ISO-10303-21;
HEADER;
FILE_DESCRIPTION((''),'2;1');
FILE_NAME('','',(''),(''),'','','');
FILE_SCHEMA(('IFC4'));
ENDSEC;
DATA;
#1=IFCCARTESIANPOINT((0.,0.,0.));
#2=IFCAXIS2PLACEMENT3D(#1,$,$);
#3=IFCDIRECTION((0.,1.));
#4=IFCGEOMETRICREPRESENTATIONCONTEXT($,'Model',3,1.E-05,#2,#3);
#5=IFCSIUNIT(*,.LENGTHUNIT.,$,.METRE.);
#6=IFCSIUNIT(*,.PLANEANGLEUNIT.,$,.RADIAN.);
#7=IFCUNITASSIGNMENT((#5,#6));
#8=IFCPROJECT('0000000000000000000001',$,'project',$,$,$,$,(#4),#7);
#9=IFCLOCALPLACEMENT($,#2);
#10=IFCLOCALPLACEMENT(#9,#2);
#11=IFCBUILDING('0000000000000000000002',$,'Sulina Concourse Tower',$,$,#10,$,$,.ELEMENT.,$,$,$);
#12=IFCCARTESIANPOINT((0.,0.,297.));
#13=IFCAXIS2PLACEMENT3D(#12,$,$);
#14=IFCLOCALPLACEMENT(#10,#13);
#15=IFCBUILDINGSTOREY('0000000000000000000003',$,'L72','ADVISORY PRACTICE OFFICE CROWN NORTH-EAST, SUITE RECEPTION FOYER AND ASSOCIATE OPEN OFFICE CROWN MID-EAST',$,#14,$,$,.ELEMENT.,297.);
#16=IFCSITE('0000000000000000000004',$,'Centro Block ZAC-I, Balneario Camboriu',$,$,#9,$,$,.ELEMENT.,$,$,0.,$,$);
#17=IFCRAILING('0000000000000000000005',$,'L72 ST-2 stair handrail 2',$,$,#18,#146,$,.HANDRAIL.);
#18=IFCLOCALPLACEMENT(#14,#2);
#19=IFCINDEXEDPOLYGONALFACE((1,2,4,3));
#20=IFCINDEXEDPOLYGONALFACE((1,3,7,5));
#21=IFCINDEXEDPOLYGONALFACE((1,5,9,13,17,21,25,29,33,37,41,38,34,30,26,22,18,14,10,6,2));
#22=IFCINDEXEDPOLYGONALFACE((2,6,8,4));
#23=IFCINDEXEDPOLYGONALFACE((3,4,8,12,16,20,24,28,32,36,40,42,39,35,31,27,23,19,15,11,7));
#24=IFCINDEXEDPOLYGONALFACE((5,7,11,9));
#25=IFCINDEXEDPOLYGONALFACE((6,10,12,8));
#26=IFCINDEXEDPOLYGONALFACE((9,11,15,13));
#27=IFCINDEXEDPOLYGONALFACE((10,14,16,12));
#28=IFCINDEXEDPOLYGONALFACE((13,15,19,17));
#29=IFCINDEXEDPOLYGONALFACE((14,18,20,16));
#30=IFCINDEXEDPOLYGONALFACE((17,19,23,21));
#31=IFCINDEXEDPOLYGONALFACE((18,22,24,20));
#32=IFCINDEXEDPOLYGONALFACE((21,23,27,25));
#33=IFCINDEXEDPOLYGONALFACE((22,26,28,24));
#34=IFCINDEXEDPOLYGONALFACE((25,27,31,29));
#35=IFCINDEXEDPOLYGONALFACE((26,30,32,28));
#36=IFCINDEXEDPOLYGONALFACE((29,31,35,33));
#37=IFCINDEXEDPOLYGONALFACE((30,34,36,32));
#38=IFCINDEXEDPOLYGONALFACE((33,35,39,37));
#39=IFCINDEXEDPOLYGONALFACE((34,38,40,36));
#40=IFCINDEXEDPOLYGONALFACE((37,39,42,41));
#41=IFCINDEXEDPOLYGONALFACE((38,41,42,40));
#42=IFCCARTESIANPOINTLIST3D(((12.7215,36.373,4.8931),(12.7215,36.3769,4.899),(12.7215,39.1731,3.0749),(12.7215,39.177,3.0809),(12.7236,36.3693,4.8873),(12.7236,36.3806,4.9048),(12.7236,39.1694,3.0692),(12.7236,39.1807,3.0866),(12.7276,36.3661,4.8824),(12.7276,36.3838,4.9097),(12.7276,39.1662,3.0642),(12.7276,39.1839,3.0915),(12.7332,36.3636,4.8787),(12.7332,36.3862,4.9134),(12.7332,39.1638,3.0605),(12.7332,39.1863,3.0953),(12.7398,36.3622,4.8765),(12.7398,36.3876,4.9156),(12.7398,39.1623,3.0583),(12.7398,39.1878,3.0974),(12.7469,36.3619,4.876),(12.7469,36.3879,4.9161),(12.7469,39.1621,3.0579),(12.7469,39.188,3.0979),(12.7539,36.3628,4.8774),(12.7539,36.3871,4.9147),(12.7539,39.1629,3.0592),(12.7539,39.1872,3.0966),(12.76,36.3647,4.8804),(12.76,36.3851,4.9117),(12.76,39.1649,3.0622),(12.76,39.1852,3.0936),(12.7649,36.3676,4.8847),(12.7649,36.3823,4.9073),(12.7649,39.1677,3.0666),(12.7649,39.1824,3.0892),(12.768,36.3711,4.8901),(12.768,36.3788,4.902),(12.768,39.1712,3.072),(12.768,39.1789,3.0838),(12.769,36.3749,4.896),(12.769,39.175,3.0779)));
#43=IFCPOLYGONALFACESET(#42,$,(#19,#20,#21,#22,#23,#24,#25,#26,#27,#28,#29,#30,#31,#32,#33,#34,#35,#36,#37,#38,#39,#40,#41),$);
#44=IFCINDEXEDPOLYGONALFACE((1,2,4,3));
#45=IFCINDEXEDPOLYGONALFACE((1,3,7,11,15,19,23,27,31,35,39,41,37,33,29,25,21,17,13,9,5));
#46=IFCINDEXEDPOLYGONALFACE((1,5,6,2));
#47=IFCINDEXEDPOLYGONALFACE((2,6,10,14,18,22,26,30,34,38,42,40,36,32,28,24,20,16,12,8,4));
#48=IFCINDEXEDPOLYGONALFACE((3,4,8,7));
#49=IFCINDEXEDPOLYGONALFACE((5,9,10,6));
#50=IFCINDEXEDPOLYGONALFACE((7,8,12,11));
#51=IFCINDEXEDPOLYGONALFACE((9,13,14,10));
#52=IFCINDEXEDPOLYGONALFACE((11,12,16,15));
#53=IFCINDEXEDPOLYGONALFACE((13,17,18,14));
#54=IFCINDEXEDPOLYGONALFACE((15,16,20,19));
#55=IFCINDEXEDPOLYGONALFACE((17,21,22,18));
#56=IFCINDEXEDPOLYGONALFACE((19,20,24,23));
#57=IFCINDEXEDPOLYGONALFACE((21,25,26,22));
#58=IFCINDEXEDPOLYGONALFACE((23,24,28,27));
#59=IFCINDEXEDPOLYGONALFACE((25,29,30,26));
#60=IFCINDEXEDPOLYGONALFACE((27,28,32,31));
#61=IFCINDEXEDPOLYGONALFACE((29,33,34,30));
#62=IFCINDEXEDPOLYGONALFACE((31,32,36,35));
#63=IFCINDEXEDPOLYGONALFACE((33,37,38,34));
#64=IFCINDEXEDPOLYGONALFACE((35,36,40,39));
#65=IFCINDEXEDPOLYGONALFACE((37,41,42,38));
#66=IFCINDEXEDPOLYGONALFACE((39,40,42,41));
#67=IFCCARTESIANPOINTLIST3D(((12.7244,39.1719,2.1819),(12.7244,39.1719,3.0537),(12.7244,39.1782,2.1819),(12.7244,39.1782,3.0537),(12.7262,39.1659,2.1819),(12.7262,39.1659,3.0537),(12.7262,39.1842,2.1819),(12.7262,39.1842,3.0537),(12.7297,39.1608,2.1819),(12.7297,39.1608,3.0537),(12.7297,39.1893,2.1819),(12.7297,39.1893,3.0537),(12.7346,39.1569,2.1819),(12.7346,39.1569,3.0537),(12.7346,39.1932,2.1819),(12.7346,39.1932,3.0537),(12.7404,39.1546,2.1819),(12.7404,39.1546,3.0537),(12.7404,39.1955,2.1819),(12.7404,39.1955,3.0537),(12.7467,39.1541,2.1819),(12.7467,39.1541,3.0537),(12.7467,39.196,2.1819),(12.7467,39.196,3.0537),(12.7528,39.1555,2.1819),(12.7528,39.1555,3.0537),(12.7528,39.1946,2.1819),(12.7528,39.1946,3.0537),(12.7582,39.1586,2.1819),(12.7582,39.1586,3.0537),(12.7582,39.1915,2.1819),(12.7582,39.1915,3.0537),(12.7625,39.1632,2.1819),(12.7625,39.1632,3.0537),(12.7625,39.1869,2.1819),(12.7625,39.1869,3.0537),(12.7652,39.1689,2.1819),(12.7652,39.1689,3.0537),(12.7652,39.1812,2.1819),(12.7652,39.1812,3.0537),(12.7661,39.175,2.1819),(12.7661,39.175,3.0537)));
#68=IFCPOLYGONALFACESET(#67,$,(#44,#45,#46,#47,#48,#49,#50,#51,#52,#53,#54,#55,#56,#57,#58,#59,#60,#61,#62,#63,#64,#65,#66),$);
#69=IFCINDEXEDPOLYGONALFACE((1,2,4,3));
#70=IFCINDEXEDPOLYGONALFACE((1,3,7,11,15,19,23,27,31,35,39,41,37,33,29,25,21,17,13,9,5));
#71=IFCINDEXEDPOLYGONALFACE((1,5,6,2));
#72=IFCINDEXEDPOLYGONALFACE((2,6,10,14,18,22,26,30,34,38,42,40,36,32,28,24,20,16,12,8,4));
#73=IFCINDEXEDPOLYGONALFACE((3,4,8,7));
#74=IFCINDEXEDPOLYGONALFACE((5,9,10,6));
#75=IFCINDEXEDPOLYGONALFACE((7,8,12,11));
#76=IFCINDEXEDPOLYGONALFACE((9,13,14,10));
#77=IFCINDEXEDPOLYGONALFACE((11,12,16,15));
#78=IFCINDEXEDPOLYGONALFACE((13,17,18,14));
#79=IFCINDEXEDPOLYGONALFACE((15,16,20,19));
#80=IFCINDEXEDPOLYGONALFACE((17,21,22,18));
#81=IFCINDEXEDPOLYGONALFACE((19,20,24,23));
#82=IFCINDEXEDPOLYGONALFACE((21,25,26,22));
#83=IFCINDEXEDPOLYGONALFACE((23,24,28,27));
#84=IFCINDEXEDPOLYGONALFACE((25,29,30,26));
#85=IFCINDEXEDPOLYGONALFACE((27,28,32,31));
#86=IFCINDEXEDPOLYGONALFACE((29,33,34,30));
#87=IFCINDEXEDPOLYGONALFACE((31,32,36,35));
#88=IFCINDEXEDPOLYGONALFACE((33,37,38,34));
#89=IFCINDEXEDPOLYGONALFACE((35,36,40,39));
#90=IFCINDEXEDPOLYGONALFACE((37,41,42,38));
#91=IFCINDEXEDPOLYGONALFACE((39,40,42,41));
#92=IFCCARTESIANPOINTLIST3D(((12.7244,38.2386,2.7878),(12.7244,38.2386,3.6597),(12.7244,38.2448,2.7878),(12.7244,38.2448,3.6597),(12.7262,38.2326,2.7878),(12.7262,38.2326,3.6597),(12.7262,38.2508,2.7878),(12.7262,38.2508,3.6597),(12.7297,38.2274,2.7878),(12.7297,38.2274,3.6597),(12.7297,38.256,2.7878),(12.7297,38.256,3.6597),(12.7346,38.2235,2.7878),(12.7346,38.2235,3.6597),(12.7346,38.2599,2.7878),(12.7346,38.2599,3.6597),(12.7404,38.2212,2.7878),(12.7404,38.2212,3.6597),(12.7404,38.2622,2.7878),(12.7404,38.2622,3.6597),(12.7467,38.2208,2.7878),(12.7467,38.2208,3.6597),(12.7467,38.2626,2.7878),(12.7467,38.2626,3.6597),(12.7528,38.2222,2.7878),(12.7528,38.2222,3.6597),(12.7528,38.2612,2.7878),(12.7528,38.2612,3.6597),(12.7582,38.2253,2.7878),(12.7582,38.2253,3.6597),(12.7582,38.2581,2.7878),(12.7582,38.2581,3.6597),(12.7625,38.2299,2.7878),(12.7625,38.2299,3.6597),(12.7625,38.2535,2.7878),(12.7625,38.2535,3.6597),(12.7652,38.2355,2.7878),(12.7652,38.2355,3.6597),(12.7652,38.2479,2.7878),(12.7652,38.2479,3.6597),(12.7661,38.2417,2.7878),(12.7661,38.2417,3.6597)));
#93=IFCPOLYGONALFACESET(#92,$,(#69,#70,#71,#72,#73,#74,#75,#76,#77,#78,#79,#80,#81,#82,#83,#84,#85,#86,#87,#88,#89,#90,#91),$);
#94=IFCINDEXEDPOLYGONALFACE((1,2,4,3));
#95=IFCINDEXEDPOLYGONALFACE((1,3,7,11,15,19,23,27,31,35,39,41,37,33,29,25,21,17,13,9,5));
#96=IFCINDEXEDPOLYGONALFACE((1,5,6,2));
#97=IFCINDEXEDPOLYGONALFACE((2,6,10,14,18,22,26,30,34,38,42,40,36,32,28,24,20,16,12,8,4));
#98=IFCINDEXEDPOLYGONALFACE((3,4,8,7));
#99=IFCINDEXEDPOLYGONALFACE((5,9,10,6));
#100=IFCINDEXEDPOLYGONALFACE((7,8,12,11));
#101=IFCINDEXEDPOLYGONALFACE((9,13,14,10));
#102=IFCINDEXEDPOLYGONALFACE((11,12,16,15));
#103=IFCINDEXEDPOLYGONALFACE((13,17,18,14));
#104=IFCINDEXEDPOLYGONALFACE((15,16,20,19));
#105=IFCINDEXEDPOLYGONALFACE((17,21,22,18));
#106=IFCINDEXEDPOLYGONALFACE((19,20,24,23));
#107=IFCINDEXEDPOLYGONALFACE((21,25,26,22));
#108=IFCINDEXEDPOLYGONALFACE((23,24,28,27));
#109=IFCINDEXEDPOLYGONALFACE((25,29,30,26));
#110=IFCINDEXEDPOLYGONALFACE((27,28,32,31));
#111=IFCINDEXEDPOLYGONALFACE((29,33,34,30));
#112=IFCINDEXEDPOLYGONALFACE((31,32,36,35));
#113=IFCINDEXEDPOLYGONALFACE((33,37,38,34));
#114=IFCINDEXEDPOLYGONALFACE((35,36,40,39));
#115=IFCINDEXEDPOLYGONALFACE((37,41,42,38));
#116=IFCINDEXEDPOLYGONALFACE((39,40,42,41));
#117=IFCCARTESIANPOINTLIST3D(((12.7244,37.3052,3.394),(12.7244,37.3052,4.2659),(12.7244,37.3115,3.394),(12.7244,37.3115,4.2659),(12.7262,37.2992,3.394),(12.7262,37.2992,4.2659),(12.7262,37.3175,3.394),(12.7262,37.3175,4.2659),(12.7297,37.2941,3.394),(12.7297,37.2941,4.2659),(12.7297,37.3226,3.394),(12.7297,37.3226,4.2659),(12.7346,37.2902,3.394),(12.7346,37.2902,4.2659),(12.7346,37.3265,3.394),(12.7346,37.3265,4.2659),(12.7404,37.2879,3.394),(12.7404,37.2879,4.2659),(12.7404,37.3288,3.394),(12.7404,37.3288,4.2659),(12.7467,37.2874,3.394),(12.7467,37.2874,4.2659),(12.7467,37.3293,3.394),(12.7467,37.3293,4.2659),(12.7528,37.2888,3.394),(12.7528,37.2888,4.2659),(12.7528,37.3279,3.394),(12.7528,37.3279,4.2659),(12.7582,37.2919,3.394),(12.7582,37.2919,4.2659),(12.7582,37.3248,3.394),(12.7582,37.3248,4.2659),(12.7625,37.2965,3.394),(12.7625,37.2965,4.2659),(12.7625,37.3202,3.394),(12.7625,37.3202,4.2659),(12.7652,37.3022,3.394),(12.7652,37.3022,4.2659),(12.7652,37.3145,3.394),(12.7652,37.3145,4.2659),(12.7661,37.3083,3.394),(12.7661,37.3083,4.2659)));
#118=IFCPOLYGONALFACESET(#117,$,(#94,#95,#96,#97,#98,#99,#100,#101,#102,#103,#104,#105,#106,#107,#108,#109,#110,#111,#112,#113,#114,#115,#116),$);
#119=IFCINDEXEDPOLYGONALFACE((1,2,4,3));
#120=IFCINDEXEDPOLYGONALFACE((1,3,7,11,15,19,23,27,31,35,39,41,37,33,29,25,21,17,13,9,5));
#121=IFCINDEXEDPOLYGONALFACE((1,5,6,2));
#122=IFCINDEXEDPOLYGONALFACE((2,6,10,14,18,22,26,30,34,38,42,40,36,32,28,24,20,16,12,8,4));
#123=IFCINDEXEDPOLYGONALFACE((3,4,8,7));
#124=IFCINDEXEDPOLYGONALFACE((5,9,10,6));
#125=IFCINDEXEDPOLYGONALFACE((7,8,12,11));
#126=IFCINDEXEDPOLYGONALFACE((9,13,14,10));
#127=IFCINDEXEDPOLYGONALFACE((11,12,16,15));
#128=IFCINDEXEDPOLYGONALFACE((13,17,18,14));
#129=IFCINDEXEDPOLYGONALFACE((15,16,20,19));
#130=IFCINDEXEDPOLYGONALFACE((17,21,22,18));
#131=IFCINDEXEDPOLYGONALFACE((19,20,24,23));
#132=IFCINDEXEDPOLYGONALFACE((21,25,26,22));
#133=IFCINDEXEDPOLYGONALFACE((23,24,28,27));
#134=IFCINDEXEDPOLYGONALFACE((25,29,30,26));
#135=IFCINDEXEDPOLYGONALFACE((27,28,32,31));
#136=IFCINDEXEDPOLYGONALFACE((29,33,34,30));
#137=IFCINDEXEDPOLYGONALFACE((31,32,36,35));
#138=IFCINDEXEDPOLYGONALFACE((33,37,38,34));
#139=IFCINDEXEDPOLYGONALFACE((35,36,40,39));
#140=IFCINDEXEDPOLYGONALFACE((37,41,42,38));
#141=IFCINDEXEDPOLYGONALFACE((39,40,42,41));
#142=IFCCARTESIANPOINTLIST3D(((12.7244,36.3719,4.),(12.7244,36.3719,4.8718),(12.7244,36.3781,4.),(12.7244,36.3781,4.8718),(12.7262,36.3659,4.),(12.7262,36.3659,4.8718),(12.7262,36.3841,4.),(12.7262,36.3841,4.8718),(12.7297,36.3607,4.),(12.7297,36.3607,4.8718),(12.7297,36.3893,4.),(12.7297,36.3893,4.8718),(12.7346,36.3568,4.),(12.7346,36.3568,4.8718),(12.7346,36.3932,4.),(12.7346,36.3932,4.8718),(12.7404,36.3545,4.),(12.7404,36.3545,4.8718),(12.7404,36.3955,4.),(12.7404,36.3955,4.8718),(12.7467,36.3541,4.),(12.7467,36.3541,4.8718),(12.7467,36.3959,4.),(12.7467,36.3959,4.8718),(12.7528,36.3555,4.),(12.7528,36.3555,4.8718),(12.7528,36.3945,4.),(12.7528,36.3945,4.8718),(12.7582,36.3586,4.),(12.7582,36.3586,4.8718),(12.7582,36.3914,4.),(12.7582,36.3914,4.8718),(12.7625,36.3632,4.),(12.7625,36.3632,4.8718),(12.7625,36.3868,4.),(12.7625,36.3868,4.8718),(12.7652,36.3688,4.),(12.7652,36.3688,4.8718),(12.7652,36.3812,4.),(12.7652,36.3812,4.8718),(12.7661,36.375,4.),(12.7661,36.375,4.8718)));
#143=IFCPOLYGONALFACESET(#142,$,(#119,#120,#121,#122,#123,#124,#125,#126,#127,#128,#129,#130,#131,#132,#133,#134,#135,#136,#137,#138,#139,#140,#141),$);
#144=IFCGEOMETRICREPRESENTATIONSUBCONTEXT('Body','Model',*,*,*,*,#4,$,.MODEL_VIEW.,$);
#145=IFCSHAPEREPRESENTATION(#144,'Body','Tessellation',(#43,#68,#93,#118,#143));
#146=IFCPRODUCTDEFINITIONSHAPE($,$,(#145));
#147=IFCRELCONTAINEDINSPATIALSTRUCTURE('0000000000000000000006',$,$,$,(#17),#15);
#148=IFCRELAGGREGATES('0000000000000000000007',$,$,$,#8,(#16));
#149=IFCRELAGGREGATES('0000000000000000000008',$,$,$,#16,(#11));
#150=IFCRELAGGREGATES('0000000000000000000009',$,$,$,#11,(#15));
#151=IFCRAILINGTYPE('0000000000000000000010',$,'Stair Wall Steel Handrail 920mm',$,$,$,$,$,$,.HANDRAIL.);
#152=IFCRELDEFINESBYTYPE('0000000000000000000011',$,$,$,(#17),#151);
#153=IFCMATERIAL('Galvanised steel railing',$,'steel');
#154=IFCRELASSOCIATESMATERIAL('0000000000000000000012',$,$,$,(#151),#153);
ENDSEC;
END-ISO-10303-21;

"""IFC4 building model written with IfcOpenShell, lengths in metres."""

from ifc_helpers import new_model, si_unit, direction, frame, origin, origin_2d, place, context, subcontext, project, spatial, circle, extrude, material, type_object, element, save


model = new_model("IFC4")

# Units and contexts
model_context = context("Model", 3, precision=1e-05, world=origin(), true_north=direction((0.0, 1.0)))
body_context = subcontext(model_context, "Body", "Model", "MODEL_VIEW")
ifc_project = project(units=[si_unit("LENGTHUNIT", "METRE"), si_unit("PLANEANGLEUNIT", "RADIAN")], contexts=[model_context])

# Site, building, storey
site_placement = place(None, origin())
site = spatial("IfcSite", under=ifc_project, at=site_placement, Name="Centro Block ZAC-I, Balneario Camboriu", CompositionType="ELEMENT", RefElevation=0.0)
building_placement = place(site_placement, origin())
building = spatial("IfcBuilding", under=site, at=building_placement, Name="Sulina Concourse Tower", CompositionType="ELEMENT")
storey_placement = place(building_placement, frame((0.0, 0.0, 297.0)))
storey = spatial("IfcBuildingStorey", under=building, at=storey_placement, Name="L72", Description="ADVISORY PRACTICE OFFICE CROWN NORTH-EAST, SUITE RECEPTION FOYER AND ASSOCIATE OPEN OFFICE CROWN MID-EAST", CompositionType="ELEMENT", Elevation=297.0)

# Railing
ifc_material_1 = material(Name="Galvanised steel railing", Category="steel")
railing_type_1 = type_object("IfcRailingType", Name="Stair Wall Steel Handrail 920mm", PredefinedType="HANDRAIL", material=ifc_material_1)
railing_1_placement = place(storey_placement, frame((12.7451, 39.175, 2.1819)))
element("IfcRailing", 1, at=railing_1_placement, inside=storey, type_object=railing_type_1, Name="L72 ST-2 stair handrail 2", PredefinedType="HANDRAIL", context=body_context, shape_type="SweptSolid", body=[
    extrude(circle(Radius=0.0239, at=origin_2d()), frame((0.0, 0.0, 0.896), z_axis=(0.0, -0.838706, 0.544585), x_axis=(1.0, 0.0, 0.0)), (0.0, 0.0, 1.0), 3.3386),
    extrude(circle(Radius=0.021, at=origin_2d()), origin(), (0.0, 0.0, 1.0), 0.8718),
    extrude(circle(Radius=0.021, at=origin_2d()), frame((0.0, -0.9333, 0.606)), (0.0, 0.0, 1.0), 0.8718),
    extrude(circle(Radius=0.021, at=origin_2d()), frame((0.0, -1.8667, 1.2122)), (0.0, 0.0, 1.0), 0.8718),
    extrude(circle(Radius=0.021, at=origin_2d()), frame((0.0, -2.8, 1.8181)), (0.0, 0.0, 1.0), 0.8718),
])

save(model, "model.ifc")
